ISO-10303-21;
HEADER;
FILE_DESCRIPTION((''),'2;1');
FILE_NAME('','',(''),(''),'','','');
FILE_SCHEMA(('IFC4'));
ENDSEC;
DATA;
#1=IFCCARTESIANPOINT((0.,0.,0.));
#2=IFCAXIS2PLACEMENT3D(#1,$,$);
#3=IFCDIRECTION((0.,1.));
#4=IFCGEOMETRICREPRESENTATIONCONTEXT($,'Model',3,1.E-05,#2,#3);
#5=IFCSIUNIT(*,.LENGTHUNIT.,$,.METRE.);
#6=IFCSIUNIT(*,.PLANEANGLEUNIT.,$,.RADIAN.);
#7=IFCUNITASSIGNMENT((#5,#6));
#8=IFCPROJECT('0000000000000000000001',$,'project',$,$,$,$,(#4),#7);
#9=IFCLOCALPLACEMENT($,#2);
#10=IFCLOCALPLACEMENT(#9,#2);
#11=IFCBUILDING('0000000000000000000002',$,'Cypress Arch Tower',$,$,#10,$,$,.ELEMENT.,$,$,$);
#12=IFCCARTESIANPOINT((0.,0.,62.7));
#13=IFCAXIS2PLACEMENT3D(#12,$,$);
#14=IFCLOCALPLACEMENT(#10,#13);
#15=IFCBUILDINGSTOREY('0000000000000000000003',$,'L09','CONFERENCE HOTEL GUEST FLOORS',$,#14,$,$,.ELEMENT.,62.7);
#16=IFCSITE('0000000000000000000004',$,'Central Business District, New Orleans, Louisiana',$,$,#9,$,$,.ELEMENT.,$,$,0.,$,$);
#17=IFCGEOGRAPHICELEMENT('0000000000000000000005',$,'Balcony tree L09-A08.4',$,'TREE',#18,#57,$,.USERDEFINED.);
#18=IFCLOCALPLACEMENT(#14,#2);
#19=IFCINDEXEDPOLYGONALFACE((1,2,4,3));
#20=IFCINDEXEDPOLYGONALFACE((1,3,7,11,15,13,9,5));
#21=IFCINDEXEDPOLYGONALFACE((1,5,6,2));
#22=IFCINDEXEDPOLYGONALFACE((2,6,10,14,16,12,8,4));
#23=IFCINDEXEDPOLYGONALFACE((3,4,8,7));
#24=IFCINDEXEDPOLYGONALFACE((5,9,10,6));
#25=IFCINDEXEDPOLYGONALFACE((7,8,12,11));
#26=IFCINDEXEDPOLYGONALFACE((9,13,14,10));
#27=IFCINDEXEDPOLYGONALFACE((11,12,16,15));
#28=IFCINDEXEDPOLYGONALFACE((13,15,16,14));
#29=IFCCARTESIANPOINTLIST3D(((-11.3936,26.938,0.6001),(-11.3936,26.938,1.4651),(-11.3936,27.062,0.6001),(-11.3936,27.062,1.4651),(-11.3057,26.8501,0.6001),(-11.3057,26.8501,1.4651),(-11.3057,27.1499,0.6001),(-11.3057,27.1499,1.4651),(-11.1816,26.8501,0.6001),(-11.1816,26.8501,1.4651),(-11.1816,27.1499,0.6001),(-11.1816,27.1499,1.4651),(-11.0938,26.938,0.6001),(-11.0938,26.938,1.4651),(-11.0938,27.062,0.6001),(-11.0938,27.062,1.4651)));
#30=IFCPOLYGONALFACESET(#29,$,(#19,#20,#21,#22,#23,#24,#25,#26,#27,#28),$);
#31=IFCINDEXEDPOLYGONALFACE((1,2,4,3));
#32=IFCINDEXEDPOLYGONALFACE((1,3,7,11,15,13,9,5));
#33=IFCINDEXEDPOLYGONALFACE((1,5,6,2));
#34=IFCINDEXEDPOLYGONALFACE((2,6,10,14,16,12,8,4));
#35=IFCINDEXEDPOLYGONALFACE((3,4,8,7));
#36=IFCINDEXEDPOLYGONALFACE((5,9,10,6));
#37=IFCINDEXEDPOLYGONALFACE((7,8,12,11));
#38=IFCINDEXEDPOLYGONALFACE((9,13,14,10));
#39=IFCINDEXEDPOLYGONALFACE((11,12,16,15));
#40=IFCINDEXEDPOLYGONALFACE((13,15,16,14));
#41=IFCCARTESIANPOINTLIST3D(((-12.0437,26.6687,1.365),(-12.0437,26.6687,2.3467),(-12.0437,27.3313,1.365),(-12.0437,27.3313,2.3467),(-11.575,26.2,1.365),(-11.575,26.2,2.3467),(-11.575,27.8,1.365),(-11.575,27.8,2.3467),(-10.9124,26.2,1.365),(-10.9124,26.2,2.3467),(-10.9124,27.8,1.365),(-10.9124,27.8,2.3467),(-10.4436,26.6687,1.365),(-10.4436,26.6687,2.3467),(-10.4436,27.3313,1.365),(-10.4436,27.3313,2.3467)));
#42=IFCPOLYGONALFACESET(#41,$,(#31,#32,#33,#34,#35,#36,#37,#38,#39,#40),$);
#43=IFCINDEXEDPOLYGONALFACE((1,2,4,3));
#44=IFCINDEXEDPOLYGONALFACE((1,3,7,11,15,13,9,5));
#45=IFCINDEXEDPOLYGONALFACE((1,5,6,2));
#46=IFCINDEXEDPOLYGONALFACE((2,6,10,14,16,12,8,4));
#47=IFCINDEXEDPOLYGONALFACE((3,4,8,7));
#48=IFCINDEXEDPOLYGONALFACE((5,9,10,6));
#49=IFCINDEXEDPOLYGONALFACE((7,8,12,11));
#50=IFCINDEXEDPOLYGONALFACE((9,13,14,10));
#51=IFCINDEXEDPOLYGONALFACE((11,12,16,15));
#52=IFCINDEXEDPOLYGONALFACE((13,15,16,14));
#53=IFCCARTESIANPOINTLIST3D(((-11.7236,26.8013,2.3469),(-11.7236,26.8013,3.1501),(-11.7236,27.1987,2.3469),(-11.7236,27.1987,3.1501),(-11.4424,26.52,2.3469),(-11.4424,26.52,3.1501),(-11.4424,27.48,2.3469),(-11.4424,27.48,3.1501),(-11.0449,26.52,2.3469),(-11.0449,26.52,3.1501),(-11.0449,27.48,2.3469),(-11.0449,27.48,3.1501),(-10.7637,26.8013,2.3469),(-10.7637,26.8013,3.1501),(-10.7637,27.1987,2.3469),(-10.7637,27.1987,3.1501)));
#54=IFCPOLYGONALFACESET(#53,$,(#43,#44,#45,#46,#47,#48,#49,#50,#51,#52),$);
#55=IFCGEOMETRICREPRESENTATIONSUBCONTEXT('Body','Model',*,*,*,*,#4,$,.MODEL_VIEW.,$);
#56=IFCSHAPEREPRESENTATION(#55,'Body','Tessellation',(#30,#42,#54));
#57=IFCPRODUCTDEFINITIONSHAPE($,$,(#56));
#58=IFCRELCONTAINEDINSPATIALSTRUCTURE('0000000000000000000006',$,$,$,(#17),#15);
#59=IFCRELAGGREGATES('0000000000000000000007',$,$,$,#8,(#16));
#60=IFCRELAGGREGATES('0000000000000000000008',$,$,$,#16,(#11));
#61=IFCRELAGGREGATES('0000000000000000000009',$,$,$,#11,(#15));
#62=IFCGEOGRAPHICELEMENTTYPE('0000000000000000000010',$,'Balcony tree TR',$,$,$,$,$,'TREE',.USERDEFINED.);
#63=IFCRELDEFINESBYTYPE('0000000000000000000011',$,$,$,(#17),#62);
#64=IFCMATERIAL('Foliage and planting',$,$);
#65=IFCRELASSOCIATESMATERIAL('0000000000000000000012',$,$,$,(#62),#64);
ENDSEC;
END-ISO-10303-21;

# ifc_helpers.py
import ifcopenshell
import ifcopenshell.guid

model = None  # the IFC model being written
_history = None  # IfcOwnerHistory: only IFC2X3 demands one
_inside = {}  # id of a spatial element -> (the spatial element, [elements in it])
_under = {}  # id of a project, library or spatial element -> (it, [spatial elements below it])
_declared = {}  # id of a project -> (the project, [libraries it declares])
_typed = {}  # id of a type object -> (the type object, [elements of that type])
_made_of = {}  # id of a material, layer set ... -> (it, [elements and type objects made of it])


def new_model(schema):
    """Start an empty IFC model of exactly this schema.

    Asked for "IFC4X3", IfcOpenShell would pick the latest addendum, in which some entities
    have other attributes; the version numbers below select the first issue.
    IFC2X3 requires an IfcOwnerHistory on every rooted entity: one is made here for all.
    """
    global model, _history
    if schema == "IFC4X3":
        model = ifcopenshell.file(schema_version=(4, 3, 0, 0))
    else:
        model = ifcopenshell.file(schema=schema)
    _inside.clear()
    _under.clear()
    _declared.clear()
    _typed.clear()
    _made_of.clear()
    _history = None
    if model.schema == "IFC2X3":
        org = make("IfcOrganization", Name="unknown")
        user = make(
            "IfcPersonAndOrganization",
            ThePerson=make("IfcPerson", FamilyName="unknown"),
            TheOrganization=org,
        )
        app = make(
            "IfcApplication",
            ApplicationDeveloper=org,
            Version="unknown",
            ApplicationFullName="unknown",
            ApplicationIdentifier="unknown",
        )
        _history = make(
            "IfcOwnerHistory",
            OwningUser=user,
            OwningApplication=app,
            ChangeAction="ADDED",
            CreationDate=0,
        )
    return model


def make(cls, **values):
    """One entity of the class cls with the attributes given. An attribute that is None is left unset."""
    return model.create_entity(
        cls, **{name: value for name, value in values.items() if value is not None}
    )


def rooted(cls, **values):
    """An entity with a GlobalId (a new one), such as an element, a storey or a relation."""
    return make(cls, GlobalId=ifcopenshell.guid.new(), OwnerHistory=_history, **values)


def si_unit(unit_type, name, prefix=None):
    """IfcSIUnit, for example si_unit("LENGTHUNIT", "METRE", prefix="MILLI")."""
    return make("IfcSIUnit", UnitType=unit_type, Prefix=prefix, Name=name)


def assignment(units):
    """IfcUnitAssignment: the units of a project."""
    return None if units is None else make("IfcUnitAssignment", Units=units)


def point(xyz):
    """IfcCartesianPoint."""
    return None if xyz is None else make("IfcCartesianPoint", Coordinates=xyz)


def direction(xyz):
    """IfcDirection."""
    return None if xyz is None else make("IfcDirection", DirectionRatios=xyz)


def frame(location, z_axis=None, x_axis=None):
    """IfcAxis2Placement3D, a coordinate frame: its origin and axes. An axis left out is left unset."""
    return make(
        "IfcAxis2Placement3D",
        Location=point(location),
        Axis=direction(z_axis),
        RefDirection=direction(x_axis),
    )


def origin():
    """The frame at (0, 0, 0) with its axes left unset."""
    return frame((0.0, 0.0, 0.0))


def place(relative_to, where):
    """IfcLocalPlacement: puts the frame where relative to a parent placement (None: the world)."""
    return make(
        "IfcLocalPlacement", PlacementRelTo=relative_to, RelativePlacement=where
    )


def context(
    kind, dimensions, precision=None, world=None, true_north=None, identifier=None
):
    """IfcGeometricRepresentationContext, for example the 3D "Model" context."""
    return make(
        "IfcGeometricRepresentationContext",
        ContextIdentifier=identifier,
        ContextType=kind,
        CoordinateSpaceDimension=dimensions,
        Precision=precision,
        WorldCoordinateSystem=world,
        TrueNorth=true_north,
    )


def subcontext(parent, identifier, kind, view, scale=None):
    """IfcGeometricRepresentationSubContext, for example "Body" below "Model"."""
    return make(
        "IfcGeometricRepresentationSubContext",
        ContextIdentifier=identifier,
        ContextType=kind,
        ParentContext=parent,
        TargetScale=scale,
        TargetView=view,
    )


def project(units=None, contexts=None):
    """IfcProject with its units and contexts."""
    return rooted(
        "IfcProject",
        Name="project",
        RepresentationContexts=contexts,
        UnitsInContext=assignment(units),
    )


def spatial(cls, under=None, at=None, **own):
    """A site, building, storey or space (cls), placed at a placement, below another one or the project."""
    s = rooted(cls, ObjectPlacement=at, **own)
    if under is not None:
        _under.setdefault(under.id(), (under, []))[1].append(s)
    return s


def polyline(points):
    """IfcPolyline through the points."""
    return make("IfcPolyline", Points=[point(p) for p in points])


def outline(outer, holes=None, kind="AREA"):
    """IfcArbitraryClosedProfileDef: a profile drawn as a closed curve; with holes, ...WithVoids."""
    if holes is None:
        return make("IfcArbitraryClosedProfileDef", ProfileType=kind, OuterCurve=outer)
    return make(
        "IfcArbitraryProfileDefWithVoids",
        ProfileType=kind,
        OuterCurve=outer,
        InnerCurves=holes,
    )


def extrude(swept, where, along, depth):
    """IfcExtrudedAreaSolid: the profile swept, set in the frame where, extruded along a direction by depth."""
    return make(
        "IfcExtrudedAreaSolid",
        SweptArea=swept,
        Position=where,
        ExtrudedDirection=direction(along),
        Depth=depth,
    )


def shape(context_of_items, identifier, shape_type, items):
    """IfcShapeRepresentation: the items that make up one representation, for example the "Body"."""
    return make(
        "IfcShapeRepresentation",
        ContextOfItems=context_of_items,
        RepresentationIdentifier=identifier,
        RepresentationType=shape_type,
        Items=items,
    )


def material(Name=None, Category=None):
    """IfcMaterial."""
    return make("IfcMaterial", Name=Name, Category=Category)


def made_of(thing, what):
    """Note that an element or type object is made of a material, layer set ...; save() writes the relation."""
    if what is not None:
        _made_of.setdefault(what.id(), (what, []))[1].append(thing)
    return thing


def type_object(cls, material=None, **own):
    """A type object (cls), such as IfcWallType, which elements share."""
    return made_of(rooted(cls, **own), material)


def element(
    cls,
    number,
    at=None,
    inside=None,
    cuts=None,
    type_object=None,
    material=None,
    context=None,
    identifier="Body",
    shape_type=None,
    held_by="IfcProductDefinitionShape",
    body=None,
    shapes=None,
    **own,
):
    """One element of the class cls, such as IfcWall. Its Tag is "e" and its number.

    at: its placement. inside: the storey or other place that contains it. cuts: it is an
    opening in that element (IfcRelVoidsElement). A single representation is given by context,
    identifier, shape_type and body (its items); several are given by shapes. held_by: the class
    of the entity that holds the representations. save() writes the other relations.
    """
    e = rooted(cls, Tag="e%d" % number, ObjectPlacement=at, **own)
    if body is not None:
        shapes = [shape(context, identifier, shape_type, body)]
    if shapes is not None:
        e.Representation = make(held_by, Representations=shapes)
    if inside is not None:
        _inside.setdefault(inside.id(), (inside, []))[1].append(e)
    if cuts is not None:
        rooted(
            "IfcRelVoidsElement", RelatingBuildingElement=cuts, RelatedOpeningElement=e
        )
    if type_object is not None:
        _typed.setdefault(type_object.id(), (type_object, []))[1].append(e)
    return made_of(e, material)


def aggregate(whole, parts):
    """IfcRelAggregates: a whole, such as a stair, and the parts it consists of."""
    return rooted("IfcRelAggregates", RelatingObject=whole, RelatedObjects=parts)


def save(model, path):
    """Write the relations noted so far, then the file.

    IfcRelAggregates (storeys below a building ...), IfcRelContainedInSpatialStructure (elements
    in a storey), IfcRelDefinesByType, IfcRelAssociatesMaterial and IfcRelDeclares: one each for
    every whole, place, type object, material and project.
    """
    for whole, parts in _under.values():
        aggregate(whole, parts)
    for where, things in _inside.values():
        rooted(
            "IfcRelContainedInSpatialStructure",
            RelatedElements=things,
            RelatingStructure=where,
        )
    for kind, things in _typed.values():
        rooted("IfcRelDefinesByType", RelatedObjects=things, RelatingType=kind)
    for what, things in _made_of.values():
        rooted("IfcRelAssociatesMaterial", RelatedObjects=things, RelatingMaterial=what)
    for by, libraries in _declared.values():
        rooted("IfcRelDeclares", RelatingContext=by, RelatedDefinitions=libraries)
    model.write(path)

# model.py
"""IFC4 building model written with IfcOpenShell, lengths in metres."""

from ifc_helpers import new_model, si_unit, direction, frame, origin, place, context, subcontext, project, spatial, polyline, outline, extrude, material, type_object, element, save


model = new_model("IFC4")

# Units and contexts
model_context = context("Model", 3, precision=1e-05, world=origin(), true_north=direction((0.0, 1.0)))
body_context = subcontext(model_context, "Body", "Model", "MODEL_VIEW")
ifc_project = project(units=[si_unit("LENGTHUNIT", "METRE"), si_unit("PLANEANGLEUNIT", "RADIAN")], contexts=[model_context])

# Site, building, storey
site_placement = place(None, origin())
site = spatial("IfcSite", under=ifc_project, at=site_placement, Name="Central Business District, New Orleans, Louisiana", CompositionType="ELEMENT", RefElevation=0.0)
building_placement = place(site_placement, origin())
building = spatial("IfcBuilding", under=site, at=building_placement, Name="Cypress Arch Tower", CompositionType="ELEMENT")
storey_placement = place(building_placement, frame((0.0, 0.0, 62.7)))
storey = spatial("IfcBuildingStorey", under=building, at=storey_placement, Name="L09", Description="CONFERENCE HOTEL GUEST FLOORS", CompositionType="ELEMENT", Elevation=62.7)

# Geographic element
ifc_material_1 = material(Name="Foliage and planting")
geographic_element_type = type_object("IfcGeographicElementType", Name="Balcony tree TR", ElementType="TREE", PredefinedType="USERDEFINED", material=ifc_material_1)
geographic_element_placement = place(storey_placement, frame((-11.2437, 27.0, 0.6001), z_axis=(0.0, 0.0, 1.0), x_axis=(1.0, 0.0, 0.0)))
element("IfcGeographicElement", 1, at=geographic_element_placement, inside=storey, type_object=geographic_element_type, Name="Balcony tree L09-A08.4", ObjectType="TREE", PredefinedType="USERDEFINED", context=body_context, shape_type="SweptSolid", body=[
    extrude(outline(polyline([(0.1499, 0.062), (0.062, 0.1499), (-0.062, 0.1499), (-0.1499, 0.062), (-0.1499, -0.062), (-0.062, -0.1499), (0.062, -0.1499), (0.1499, -0.062), (0.1499, 0.062)])), origin(), (0.0, 0.0, 1.0), 0.865),
    extrude(outline(polyline([(0.8, 0.3313), (0.3313, 0.8), (-0.3313, 0.8), (-0.8, 0.3313), (-0.8, -0.3313), (-0.3313, -0.8), (0.3313, -0.8), (0.8, -0.3313), (0.8, 0.3313)])), frame((0.0, 0.0, 0.7649)), (0.0, 0.0, 1.0), 0.9817),
    extrude(outline(polyline([(0.48, 0.1987), (0.1987, 0.48), (-0.1987, 0.48), (-0.48, 0.1987), (-0.48, -0.1987), (-0.1987, -0.48), (0.1987, -0.48), (0.48, -0.1987), (0.48, 0.1987)])), frame((0.0, 0.0, 1.7468)), (0.0, 0.0, 1.0), 0.8032),
])

save(model, "model.ifc")
